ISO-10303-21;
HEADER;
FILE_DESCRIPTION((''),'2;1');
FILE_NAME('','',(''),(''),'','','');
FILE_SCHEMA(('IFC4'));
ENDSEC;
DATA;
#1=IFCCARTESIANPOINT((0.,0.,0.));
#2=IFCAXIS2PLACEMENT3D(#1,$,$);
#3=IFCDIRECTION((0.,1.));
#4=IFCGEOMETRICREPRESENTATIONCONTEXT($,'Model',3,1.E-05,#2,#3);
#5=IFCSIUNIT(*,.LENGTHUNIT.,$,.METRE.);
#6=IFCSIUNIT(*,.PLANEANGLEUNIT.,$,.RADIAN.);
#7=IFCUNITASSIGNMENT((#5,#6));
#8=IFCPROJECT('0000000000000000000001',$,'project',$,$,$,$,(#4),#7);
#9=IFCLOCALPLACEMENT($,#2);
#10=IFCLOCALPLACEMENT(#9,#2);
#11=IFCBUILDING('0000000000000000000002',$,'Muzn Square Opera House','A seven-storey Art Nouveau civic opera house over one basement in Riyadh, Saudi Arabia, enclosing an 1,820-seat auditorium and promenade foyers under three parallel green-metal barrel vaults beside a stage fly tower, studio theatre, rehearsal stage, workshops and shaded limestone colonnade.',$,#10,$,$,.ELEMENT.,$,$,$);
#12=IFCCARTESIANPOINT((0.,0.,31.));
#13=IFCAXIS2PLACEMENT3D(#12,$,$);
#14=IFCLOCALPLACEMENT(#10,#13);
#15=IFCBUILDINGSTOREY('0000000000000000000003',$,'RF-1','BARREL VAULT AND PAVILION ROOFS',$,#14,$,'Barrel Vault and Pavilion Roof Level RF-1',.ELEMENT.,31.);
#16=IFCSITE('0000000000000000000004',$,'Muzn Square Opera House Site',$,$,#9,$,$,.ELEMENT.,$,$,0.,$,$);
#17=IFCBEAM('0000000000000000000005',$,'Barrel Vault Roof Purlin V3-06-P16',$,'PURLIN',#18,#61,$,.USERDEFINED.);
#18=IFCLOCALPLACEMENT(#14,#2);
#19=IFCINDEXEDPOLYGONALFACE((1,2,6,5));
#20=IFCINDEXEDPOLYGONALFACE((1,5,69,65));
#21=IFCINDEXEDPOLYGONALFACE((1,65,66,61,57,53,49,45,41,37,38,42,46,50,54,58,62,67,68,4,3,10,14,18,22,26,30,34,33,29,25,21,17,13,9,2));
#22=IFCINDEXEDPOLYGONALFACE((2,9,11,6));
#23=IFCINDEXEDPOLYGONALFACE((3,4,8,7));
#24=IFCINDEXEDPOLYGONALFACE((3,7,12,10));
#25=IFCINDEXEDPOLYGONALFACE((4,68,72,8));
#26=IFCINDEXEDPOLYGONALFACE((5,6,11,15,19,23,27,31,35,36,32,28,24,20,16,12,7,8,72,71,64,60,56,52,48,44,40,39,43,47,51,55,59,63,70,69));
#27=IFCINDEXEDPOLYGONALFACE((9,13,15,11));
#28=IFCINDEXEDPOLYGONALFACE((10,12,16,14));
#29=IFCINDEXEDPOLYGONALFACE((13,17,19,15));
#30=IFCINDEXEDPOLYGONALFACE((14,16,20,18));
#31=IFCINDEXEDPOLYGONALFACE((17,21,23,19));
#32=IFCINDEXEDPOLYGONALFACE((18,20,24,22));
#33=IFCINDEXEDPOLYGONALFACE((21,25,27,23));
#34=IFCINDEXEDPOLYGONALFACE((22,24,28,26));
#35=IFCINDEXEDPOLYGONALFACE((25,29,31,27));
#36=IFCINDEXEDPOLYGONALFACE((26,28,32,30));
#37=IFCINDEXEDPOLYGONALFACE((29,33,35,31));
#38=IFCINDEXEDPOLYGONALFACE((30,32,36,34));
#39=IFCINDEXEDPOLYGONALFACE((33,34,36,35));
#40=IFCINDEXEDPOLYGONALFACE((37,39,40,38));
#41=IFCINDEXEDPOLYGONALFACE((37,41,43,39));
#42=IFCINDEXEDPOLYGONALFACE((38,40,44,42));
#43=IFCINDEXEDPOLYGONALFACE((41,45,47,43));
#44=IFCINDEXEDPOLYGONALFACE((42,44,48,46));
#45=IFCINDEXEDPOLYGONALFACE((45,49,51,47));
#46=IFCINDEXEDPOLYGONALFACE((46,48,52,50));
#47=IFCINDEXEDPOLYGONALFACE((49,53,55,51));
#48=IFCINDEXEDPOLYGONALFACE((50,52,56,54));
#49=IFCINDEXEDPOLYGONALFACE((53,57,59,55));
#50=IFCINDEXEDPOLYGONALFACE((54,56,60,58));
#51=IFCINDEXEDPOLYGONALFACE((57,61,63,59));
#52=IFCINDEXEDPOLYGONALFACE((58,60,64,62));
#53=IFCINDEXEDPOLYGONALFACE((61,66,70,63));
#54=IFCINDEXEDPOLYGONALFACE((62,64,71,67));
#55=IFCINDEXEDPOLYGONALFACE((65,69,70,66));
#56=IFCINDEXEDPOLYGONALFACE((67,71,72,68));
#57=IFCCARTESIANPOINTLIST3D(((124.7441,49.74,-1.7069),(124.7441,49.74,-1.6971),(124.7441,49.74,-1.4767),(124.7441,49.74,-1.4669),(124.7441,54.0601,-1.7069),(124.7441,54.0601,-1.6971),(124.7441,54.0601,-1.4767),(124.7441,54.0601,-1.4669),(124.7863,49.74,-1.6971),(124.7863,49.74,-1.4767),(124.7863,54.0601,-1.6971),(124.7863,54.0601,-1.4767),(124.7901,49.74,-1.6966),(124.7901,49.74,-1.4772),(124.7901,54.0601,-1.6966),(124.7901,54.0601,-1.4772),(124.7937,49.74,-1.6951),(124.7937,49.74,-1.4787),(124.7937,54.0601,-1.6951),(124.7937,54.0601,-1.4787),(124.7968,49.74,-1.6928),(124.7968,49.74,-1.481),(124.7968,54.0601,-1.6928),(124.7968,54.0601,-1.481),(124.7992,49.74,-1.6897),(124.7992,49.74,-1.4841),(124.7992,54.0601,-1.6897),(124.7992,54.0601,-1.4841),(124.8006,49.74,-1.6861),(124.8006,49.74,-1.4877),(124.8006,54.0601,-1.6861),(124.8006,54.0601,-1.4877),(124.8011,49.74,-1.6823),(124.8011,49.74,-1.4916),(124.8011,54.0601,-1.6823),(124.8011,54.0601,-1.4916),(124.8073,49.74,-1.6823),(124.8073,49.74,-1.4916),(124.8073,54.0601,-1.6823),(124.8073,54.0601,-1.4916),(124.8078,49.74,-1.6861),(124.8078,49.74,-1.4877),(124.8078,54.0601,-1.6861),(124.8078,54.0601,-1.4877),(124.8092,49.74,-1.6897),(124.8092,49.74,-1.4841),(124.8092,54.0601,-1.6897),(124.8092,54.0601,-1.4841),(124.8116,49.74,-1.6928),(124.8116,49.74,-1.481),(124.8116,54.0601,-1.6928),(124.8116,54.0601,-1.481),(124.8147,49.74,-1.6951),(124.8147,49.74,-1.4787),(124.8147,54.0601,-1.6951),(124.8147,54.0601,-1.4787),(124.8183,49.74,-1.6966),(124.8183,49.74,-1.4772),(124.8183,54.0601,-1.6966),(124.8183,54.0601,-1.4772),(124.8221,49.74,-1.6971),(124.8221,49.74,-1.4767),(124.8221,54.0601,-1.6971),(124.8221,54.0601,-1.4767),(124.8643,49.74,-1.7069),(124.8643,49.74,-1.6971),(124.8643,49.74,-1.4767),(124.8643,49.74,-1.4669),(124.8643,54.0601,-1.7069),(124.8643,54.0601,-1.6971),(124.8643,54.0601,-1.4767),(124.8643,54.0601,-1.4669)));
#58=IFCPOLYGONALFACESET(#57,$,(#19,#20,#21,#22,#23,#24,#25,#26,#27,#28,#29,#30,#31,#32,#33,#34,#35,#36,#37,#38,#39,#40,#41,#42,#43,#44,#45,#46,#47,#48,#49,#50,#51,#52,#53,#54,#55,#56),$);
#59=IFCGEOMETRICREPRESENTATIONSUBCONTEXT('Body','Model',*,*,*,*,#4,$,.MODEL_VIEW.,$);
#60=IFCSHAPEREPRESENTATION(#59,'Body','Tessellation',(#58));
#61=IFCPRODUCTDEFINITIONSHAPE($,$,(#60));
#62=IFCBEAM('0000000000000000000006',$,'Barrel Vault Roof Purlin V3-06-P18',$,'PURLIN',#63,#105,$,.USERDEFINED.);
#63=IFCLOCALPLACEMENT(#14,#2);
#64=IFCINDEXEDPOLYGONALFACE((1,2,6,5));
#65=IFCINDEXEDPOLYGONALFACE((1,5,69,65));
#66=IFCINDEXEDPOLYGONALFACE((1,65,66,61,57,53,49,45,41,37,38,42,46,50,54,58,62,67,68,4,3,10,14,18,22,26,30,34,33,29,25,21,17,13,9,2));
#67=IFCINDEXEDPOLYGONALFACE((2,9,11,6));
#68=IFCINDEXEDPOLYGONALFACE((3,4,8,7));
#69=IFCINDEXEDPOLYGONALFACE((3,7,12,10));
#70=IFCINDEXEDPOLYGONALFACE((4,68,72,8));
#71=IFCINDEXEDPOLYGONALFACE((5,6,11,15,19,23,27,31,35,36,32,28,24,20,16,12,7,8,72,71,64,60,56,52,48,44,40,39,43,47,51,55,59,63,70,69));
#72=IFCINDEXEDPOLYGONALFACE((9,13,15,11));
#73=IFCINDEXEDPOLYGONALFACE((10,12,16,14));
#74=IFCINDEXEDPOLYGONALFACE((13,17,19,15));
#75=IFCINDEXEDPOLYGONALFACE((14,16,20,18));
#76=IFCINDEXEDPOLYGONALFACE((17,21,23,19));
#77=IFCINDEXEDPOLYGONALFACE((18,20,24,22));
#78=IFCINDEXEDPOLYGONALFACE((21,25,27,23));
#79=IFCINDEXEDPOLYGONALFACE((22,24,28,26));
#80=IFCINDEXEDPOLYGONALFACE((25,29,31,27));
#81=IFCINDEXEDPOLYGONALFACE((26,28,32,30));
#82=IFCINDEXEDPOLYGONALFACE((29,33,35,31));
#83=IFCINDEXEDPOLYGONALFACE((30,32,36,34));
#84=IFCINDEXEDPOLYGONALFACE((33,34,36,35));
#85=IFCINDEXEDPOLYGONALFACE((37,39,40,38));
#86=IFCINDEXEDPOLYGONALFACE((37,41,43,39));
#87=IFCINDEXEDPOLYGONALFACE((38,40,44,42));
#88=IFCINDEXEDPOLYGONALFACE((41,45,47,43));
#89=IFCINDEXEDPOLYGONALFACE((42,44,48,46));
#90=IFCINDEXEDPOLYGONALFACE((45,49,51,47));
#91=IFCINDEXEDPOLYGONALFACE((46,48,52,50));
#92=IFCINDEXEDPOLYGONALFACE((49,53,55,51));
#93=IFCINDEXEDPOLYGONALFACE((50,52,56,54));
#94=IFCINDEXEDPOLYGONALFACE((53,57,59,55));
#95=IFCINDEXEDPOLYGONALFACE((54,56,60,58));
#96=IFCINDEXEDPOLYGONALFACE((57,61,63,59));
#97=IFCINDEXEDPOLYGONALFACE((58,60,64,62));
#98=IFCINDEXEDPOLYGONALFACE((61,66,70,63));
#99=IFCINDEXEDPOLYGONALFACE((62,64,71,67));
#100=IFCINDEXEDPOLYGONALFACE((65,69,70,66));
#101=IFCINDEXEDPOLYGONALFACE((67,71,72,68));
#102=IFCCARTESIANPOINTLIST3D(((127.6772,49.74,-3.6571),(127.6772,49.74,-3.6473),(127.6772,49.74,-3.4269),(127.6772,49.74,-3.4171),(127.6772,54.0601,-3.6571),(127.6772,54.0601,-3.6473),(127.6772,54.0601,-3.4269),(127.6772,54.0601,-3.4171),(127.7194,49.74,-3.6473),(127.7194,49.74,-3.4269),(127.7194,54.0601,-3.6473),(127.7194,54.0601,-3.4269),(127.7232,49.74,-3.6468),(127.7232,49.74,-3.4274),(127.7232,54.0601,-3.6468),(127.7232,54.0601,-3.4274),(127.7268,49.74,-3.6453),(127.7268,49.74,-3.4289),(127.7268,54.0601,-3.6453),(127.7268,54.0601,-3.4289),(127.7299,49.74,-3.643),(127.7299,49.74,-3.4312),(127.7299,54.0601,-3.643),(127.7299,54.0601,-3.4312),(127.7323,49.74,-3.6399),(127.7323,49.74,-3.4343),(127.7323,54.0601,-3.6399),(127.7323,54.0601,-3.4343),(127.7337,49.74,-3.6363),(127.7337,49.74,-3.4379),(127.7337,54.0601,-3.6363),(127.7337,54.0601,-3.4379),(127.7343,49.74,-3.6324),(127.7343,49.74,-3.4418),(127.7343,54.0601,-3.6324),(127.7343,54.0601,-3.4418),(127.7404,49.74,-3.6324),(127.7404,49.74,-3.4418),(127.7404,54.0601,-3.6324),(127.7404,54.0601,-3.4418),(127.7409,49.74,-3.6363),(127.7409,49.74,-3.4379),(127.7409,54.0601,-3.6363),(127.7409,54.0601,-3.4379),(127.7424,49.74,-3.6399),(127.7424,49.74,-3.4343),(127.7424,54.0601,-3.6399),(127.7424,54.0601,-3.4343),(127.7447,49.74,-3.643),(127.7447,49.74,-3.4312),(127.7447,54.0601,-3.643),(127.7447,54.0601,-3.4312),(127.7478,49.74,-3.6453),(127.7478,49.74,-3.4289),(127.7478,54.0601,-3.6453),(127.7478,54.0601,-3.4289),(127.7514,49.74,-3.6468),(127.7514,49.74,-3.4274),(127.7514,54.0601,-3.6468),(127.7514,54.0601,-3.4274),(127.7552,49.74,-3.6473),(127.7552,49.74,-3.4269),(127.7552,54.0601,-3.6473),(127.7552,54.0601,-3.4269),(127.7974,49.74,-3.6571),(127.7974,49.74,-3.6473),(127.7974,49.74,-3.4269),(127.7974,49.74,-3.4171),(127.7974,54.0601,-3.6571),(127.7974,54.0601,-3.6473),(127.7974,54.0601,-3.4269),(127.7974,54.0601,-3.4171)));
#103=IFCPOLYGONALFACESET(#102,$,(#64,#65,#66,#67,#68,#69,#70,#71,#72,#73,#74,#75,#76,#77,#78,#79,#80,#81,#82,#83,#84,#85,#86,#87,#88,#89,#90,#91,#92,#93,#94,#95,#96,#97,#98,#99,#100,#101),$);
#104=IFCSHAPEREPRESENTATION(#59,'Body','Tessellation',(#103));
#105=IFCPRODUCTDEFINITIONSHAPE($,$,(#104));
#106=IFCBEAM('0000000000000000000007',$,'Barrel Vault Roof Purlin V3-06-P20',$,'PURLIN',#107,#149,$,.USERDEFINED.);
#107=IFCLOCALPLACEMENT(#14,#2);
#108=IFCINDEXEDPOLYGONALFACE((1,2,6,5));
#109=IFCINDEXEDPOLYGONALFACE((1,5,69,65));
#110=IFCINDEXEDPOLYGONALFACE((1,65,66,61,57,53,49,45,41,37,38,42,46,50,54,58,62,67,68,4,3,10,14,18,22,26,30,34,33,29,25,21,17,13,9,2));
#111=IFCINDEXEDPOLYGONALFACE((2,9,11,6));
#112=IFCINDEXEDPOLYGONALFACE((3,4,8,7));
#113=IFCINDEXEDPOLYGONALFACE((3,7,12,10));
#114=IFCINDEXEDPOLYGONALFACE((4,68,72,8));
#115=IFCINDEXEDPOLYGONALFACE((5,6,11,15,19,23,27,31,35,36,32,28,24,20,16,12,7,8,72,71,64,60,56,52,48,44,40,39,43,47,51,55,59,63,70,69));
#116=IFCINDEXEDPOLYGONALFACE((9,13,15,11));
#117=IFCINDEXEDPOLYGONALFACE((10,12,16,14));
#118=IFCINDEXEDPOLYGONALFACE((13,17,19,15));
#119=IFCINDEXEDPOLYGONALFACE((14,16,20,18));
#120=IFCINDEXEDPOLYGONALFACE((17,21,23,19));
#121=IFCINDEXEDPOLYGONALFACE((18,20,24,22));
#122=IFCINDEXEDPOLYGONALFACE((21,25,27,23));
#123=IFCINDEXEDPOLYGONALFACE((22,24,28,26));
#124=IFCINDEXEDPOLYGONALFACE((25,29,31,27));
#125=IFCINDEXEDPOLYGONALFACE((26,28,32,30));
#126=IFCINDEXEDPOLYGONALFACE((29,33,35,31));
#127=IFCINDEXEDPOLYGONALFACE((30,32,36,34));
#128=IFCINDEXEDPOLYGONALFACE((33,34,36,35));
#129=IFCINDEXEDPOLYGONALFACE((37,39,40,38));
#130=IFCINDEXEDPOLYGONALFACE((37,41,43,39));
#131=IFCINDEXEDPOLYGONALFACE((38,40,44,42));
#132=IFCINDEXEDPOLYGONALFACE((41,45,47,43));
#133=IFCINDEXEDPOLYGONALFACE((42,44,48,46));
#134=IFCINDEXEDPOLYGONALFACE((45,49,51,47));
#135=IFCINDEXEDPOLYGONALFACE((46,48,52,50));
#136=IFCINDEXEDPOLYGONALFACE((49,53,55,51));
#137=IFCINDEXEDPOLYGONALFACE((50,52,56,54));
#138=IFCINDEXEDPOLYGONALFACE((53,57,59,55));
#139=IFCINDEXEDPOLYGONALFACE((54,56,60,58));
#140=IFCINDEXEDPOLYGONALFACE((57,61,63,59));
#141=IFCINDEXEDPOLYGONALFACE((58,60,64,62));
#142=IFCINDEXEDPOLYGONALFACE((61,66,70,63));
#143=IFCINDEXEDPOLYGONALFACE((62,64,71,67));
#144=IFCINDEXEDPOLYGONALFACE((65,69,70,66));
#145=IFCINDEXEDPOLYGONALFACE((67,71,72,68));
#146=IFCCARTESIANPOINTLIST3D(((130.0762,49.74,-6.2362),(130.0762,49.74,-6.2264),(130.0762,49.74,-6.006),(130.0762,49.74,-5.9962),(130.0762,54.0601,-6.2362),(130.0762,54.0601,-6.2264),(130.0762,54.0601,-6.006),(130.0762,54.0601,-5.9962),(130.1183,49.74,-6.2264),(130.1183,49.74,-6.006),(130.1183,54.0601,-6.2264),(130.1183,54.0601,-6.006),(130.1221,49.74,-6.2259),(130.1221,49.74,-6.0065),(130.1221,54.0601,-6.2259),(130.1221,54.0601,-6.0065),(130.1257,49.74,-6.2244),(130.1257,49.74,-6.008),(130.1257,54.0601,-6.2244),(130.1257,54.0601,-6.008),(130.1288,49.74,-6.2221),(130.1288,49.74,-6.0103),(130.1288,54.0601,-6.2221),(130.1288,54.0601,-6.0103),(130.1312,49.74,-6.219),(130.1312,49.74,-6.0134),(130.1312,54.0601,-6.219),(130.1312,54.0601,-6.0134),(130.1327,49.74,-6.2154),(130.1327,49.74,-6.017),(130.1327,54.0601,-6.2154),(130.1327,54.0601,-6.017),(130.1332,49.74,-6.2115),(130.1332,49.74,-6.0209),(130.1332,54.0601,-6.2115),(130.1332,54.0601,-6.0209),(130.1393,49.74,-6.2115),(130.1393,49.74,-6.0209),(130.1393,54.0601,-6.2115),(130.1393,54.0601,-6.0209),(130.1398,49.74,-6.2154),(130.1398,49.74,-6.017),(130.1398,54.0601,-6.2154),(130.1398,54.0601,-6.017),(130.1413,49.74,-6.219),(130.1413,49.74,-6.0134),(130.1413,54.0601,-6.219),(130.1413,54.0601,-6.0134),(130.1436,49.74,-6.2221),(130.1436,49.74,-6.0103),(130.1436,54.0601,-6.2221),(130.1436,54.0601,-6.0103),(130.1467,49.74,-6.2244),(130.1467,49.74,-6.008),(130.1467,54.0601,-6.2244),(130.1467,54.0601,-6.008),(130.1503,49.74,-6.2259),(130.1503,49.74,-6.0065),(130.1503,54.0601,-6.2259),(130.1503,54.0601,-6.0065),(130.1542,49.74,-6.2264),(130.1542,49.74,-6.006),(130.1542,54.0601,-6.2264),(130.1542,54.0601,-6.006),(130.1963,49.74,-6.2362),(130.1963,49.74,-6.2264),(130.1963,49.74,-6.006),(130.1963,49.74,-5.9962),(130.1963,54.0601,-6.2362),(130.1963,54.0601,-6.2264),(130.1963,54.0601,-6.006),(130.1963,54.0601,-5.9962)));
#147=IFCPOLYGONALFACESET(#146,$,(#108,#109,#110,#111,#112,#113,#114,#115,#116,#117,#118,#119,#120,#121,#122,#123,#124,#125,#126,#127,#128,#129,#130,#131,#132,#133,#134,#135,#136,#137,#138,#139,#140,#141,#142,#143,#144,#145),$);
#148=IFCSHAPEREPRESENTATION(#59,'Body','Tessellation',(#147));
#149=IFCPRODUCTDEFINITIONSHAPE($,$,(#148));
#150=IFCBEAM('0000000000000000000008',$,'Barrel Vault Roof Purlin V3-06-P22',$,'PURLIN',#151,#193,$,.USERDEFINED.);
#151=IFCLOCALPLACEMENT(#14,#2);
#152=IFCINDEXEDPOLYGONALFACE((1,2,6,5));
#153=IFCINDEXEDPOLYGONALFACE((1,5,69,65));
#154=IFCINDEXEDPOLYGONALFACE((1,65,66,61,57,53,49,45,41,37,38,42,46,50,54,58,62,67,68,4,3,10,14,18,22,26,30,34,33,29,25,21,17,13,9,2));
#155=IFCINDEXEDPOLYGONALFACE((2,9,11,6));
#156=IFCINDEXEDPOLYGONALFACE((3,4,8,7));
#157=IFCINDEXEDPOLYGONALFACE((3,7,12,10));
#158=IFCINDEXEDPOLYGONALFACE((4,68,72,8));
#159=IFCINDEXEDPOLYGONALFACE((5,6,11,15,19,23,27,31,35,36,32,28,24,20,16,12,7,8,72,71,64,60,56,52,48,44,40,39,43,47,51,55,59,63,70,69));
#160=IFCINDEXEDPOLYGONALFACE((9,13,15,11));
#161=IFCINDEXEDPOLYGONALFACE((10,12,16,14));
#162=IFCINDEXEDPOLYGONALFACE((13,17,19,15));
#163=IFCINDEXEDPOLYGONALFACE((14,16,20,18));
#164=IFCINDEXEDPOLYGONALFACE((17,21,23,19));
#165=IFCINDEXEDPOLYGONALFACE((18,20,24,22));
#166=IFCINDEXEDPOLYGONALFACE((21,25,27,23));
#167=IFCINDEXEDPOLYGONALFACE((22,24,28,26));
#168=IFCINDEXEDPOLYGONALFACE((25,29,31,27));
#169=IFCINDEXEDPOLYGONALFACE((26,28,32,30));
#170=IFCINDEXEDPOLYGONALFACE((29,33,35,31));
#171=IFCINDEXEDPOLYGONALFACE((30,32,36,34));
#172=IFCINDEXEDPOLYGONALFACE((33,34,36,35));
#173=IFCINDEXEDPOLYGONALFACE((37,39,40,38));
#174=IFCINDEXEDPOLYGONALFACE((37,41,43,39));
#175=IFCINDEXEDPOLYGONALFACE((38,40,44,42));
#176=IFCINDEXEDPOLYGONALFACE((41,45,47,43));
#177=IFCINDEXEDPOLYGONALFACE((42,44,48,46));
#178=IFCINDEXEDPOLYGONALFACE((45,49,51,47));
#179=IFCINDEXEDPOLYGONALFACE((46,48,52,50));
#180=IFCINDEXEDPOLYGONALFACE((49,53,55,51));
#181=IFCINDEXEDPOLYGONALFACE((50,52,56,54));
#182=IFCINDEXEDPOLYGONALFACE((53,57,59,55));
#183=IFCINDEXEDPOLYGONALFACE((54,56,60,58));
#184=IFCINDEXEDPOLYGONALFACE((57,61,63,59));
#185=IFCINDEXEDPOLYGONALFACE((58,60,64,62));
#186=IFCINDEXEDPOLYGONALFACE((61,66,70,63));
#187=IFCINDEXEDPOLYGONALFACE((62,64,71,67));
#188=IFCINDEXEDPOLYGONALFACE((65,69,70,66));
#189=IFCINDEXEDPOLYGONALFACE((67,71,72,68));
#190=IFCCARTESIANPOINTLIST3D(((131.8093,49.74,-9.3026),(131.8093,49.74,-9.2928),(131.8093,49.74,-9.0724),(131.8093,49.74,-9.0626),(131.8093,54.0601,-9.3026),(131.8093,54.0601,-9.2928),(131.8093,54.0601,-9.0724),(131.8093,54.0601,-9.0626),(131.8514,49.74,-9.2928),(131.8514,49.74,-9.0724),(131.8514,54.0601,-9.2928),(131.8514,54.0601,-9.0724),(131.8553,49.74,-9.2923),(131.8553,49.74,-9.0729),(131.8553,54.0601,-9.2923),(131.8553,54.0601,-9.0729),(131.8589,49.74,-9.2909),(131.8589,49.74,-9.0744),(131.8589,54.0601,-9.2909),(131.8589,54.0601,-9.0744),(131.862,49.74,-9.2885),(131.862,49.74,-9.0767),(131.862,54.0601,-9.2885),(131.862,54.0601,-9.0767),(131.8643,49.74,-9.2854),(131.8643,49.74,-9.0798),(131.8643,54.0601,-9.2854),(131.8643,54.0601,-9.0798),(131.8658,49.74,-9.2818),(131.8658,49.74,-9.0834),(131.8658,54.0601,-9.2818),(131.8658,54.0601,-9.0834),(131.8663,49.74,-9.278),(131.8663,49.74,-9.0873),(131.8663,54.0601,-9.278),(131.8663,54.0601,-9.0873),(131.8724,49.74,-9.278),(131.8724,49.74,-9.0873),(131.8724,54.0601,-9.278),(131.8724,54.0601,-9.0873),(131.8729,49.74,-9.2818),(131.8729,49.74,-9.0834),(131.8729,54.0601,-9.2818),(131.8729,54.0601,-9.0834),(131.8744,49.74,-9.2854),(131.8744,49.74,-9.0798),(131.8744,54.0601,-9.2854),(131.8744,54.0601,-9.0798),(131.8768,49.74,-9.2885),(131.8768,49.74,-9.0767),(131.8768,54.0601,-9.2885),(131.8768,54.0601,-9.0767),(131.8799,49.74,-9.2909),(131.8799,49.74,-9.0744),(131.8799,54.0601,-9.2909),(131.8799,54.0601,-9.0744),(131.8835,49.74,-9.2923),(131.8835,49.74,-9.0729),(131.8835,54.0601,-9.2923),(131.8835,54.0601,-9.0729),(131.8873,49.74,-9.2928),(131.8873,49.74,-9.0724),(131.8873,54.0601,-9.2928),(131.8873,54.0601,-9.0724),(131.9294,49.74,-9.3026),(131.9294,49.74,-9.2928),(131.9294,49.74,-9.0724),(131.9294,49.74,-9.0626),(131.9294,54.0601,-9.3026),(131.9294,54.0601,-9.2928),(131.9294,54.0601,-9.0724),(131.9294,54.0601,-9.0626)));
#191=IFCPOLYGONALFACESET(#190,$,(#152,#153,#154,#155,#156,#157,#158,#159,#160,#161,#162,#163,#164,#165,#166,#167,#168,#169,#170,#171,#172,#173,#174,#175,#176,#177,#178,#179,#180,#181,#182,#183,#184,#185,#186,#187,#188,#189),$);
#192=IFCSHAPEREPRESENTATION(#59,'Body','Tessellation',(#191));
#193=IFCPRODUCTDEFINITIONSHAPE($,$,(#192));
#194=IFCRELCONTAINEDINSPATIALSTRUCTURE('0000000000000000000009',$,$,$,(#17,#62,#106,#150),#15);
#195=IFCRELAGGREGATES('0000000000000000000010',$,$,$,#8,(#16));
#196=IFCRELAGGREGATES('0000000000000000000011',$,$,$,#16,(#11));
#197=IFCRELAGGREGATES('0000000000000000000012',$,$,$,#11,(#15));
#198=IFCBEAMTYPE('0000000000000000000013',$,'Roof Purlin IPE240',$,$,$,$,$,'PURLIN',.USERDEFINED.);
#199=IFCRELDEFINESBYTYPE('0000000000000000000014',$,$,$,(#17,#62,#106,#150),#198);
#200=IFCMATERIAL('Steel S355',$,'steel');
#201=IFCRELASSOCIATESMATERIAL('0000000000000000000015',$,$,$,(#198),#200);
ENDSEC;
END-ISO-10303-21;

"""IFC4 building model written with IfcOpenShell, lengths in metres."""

from ifc_helpers import new_model, si_unit, direction, frame, origin, origin_2d, place, context, subcontext, project, spatial, i_section, extrude, material, material_profile, profile_set, type_object, element, save


model = new_model("IFC4")

# Units and contexts
model_context = context("Model", 3, precision=1e-05, world=origin(), true_north=direction((0.0, 1.0)))
body_context = subcontext(model_context, "Body", "Model", "MODEL_VIEW")
ifc_project = project(units=[si_unit("LENGTHUNIT", "METRE"), si_unit("PLANEANGLEUNIT", "RADIAN")], contexts=[model_context])

# Site, building, storey
site_placement = place(None, origin())
site = spatial("IfcSite", under=ifc_project, at=site_placement, Name="Muzn Square Opera House Site", CompositionType="ELEMENT", RefElevation=0.0)
building_placement = place(site_placement, origin())
building = spatial("IfcBuilding", under=site, at=building_placement, Name="Muzn Square Opera House", Description="A seven-storey Art Nouveau civic opera house over one basement in Riyadh, Saudi Arabia, enclosing an 1,820-seat auditorium and promenade foyers under three parallel green-metal barrel vaults beside a stage fly tower, studio theatre, rehearsal stage, workshops and shaded limestone colonnade.", CompositionType="ELEMENT")
storey_placement = place(building_placement, frame((0.0, 0.0, 31.0)))
storey = spatial("IfcBuildingStorey", under=building, at=storey_placement, Name="RF-1", Description="BARREL VAULT AND PAVILION ROOFS", LongName="Barrel Vault and Pavilion Roof Level RF-1", CompositionType="ELEMENT", Elevation=31.0)

# Beams
ifc_material_1 = material(Name="Steel S355", Category="steel")
ifc_material_profile_1 = material_profile(ifc_material_1, i_section(OverallWidth=0.1201, OverallDepth=0.24, WebThickness=0.0061, FlangeThickness=0.0098, FilletRadius=0.0149, at=origin_2d()), Name="IPE 240", Category="steel")
ifc_profile_set_1 = profile_set([ifc_material_profile_1], Name="Steel S355")
beam_type_1 = type_object("IfcBeamType", Name="Roof Purlin IPE240", ElementType="PURLIN", PredefinedType="USERDEFINED", material=ifc_profile_set_1)
for number, where, z_axis, x_axis, name in (
    (1, (124.8042, 49.74, -1.5869), (0.0, 1.0, 0.0), (-1.0, 0.0, 0.0), "Barrel Vault Roof Purlin V3-06-P16"),
    (2, (127.7373, 49.74, -3.5371), (0.0, 1.0, 0.0), (-1.0, 0.0, 0.0), "Barrel Vault Roof Purlin V3-06-P18"),
    (3, (130.1362, 49.74, -6.1162), (0.0, 1.0, 0.0), (-1.0, 0.0, 0.0), "Barrel Vault Roof Purlin V3-06-P20"),
    (4, (131.8694, 49.74, -9.1826), (0.0, 1.0, 0.0), (-1.0, 0.0, 0.0), "Barrel Vault Roof Purlin V3-06-P22"),
):
    element("IfcBeam", number, at=place(storey_placement, frame(where, z_axis=z_axis, x_axis=x_axis)), inside=storey, type_object=beam_type_1, Name=name, ObjectType="PURLIN", PredefinedType="USERDEFINED", context=body_context, shape_type="SweptSolid", body=[
        extrude(i_section(OverallWidth=0.1201, OverallDepth=0.24, WebThickness=0.0061, FlangeThickness=0.0098, FilletRadius=0.0149, at=origin_2d()), origin(), (0.0, 0.0, 1.0), 4.3201),
    ])

save(model, "model.ifc")
